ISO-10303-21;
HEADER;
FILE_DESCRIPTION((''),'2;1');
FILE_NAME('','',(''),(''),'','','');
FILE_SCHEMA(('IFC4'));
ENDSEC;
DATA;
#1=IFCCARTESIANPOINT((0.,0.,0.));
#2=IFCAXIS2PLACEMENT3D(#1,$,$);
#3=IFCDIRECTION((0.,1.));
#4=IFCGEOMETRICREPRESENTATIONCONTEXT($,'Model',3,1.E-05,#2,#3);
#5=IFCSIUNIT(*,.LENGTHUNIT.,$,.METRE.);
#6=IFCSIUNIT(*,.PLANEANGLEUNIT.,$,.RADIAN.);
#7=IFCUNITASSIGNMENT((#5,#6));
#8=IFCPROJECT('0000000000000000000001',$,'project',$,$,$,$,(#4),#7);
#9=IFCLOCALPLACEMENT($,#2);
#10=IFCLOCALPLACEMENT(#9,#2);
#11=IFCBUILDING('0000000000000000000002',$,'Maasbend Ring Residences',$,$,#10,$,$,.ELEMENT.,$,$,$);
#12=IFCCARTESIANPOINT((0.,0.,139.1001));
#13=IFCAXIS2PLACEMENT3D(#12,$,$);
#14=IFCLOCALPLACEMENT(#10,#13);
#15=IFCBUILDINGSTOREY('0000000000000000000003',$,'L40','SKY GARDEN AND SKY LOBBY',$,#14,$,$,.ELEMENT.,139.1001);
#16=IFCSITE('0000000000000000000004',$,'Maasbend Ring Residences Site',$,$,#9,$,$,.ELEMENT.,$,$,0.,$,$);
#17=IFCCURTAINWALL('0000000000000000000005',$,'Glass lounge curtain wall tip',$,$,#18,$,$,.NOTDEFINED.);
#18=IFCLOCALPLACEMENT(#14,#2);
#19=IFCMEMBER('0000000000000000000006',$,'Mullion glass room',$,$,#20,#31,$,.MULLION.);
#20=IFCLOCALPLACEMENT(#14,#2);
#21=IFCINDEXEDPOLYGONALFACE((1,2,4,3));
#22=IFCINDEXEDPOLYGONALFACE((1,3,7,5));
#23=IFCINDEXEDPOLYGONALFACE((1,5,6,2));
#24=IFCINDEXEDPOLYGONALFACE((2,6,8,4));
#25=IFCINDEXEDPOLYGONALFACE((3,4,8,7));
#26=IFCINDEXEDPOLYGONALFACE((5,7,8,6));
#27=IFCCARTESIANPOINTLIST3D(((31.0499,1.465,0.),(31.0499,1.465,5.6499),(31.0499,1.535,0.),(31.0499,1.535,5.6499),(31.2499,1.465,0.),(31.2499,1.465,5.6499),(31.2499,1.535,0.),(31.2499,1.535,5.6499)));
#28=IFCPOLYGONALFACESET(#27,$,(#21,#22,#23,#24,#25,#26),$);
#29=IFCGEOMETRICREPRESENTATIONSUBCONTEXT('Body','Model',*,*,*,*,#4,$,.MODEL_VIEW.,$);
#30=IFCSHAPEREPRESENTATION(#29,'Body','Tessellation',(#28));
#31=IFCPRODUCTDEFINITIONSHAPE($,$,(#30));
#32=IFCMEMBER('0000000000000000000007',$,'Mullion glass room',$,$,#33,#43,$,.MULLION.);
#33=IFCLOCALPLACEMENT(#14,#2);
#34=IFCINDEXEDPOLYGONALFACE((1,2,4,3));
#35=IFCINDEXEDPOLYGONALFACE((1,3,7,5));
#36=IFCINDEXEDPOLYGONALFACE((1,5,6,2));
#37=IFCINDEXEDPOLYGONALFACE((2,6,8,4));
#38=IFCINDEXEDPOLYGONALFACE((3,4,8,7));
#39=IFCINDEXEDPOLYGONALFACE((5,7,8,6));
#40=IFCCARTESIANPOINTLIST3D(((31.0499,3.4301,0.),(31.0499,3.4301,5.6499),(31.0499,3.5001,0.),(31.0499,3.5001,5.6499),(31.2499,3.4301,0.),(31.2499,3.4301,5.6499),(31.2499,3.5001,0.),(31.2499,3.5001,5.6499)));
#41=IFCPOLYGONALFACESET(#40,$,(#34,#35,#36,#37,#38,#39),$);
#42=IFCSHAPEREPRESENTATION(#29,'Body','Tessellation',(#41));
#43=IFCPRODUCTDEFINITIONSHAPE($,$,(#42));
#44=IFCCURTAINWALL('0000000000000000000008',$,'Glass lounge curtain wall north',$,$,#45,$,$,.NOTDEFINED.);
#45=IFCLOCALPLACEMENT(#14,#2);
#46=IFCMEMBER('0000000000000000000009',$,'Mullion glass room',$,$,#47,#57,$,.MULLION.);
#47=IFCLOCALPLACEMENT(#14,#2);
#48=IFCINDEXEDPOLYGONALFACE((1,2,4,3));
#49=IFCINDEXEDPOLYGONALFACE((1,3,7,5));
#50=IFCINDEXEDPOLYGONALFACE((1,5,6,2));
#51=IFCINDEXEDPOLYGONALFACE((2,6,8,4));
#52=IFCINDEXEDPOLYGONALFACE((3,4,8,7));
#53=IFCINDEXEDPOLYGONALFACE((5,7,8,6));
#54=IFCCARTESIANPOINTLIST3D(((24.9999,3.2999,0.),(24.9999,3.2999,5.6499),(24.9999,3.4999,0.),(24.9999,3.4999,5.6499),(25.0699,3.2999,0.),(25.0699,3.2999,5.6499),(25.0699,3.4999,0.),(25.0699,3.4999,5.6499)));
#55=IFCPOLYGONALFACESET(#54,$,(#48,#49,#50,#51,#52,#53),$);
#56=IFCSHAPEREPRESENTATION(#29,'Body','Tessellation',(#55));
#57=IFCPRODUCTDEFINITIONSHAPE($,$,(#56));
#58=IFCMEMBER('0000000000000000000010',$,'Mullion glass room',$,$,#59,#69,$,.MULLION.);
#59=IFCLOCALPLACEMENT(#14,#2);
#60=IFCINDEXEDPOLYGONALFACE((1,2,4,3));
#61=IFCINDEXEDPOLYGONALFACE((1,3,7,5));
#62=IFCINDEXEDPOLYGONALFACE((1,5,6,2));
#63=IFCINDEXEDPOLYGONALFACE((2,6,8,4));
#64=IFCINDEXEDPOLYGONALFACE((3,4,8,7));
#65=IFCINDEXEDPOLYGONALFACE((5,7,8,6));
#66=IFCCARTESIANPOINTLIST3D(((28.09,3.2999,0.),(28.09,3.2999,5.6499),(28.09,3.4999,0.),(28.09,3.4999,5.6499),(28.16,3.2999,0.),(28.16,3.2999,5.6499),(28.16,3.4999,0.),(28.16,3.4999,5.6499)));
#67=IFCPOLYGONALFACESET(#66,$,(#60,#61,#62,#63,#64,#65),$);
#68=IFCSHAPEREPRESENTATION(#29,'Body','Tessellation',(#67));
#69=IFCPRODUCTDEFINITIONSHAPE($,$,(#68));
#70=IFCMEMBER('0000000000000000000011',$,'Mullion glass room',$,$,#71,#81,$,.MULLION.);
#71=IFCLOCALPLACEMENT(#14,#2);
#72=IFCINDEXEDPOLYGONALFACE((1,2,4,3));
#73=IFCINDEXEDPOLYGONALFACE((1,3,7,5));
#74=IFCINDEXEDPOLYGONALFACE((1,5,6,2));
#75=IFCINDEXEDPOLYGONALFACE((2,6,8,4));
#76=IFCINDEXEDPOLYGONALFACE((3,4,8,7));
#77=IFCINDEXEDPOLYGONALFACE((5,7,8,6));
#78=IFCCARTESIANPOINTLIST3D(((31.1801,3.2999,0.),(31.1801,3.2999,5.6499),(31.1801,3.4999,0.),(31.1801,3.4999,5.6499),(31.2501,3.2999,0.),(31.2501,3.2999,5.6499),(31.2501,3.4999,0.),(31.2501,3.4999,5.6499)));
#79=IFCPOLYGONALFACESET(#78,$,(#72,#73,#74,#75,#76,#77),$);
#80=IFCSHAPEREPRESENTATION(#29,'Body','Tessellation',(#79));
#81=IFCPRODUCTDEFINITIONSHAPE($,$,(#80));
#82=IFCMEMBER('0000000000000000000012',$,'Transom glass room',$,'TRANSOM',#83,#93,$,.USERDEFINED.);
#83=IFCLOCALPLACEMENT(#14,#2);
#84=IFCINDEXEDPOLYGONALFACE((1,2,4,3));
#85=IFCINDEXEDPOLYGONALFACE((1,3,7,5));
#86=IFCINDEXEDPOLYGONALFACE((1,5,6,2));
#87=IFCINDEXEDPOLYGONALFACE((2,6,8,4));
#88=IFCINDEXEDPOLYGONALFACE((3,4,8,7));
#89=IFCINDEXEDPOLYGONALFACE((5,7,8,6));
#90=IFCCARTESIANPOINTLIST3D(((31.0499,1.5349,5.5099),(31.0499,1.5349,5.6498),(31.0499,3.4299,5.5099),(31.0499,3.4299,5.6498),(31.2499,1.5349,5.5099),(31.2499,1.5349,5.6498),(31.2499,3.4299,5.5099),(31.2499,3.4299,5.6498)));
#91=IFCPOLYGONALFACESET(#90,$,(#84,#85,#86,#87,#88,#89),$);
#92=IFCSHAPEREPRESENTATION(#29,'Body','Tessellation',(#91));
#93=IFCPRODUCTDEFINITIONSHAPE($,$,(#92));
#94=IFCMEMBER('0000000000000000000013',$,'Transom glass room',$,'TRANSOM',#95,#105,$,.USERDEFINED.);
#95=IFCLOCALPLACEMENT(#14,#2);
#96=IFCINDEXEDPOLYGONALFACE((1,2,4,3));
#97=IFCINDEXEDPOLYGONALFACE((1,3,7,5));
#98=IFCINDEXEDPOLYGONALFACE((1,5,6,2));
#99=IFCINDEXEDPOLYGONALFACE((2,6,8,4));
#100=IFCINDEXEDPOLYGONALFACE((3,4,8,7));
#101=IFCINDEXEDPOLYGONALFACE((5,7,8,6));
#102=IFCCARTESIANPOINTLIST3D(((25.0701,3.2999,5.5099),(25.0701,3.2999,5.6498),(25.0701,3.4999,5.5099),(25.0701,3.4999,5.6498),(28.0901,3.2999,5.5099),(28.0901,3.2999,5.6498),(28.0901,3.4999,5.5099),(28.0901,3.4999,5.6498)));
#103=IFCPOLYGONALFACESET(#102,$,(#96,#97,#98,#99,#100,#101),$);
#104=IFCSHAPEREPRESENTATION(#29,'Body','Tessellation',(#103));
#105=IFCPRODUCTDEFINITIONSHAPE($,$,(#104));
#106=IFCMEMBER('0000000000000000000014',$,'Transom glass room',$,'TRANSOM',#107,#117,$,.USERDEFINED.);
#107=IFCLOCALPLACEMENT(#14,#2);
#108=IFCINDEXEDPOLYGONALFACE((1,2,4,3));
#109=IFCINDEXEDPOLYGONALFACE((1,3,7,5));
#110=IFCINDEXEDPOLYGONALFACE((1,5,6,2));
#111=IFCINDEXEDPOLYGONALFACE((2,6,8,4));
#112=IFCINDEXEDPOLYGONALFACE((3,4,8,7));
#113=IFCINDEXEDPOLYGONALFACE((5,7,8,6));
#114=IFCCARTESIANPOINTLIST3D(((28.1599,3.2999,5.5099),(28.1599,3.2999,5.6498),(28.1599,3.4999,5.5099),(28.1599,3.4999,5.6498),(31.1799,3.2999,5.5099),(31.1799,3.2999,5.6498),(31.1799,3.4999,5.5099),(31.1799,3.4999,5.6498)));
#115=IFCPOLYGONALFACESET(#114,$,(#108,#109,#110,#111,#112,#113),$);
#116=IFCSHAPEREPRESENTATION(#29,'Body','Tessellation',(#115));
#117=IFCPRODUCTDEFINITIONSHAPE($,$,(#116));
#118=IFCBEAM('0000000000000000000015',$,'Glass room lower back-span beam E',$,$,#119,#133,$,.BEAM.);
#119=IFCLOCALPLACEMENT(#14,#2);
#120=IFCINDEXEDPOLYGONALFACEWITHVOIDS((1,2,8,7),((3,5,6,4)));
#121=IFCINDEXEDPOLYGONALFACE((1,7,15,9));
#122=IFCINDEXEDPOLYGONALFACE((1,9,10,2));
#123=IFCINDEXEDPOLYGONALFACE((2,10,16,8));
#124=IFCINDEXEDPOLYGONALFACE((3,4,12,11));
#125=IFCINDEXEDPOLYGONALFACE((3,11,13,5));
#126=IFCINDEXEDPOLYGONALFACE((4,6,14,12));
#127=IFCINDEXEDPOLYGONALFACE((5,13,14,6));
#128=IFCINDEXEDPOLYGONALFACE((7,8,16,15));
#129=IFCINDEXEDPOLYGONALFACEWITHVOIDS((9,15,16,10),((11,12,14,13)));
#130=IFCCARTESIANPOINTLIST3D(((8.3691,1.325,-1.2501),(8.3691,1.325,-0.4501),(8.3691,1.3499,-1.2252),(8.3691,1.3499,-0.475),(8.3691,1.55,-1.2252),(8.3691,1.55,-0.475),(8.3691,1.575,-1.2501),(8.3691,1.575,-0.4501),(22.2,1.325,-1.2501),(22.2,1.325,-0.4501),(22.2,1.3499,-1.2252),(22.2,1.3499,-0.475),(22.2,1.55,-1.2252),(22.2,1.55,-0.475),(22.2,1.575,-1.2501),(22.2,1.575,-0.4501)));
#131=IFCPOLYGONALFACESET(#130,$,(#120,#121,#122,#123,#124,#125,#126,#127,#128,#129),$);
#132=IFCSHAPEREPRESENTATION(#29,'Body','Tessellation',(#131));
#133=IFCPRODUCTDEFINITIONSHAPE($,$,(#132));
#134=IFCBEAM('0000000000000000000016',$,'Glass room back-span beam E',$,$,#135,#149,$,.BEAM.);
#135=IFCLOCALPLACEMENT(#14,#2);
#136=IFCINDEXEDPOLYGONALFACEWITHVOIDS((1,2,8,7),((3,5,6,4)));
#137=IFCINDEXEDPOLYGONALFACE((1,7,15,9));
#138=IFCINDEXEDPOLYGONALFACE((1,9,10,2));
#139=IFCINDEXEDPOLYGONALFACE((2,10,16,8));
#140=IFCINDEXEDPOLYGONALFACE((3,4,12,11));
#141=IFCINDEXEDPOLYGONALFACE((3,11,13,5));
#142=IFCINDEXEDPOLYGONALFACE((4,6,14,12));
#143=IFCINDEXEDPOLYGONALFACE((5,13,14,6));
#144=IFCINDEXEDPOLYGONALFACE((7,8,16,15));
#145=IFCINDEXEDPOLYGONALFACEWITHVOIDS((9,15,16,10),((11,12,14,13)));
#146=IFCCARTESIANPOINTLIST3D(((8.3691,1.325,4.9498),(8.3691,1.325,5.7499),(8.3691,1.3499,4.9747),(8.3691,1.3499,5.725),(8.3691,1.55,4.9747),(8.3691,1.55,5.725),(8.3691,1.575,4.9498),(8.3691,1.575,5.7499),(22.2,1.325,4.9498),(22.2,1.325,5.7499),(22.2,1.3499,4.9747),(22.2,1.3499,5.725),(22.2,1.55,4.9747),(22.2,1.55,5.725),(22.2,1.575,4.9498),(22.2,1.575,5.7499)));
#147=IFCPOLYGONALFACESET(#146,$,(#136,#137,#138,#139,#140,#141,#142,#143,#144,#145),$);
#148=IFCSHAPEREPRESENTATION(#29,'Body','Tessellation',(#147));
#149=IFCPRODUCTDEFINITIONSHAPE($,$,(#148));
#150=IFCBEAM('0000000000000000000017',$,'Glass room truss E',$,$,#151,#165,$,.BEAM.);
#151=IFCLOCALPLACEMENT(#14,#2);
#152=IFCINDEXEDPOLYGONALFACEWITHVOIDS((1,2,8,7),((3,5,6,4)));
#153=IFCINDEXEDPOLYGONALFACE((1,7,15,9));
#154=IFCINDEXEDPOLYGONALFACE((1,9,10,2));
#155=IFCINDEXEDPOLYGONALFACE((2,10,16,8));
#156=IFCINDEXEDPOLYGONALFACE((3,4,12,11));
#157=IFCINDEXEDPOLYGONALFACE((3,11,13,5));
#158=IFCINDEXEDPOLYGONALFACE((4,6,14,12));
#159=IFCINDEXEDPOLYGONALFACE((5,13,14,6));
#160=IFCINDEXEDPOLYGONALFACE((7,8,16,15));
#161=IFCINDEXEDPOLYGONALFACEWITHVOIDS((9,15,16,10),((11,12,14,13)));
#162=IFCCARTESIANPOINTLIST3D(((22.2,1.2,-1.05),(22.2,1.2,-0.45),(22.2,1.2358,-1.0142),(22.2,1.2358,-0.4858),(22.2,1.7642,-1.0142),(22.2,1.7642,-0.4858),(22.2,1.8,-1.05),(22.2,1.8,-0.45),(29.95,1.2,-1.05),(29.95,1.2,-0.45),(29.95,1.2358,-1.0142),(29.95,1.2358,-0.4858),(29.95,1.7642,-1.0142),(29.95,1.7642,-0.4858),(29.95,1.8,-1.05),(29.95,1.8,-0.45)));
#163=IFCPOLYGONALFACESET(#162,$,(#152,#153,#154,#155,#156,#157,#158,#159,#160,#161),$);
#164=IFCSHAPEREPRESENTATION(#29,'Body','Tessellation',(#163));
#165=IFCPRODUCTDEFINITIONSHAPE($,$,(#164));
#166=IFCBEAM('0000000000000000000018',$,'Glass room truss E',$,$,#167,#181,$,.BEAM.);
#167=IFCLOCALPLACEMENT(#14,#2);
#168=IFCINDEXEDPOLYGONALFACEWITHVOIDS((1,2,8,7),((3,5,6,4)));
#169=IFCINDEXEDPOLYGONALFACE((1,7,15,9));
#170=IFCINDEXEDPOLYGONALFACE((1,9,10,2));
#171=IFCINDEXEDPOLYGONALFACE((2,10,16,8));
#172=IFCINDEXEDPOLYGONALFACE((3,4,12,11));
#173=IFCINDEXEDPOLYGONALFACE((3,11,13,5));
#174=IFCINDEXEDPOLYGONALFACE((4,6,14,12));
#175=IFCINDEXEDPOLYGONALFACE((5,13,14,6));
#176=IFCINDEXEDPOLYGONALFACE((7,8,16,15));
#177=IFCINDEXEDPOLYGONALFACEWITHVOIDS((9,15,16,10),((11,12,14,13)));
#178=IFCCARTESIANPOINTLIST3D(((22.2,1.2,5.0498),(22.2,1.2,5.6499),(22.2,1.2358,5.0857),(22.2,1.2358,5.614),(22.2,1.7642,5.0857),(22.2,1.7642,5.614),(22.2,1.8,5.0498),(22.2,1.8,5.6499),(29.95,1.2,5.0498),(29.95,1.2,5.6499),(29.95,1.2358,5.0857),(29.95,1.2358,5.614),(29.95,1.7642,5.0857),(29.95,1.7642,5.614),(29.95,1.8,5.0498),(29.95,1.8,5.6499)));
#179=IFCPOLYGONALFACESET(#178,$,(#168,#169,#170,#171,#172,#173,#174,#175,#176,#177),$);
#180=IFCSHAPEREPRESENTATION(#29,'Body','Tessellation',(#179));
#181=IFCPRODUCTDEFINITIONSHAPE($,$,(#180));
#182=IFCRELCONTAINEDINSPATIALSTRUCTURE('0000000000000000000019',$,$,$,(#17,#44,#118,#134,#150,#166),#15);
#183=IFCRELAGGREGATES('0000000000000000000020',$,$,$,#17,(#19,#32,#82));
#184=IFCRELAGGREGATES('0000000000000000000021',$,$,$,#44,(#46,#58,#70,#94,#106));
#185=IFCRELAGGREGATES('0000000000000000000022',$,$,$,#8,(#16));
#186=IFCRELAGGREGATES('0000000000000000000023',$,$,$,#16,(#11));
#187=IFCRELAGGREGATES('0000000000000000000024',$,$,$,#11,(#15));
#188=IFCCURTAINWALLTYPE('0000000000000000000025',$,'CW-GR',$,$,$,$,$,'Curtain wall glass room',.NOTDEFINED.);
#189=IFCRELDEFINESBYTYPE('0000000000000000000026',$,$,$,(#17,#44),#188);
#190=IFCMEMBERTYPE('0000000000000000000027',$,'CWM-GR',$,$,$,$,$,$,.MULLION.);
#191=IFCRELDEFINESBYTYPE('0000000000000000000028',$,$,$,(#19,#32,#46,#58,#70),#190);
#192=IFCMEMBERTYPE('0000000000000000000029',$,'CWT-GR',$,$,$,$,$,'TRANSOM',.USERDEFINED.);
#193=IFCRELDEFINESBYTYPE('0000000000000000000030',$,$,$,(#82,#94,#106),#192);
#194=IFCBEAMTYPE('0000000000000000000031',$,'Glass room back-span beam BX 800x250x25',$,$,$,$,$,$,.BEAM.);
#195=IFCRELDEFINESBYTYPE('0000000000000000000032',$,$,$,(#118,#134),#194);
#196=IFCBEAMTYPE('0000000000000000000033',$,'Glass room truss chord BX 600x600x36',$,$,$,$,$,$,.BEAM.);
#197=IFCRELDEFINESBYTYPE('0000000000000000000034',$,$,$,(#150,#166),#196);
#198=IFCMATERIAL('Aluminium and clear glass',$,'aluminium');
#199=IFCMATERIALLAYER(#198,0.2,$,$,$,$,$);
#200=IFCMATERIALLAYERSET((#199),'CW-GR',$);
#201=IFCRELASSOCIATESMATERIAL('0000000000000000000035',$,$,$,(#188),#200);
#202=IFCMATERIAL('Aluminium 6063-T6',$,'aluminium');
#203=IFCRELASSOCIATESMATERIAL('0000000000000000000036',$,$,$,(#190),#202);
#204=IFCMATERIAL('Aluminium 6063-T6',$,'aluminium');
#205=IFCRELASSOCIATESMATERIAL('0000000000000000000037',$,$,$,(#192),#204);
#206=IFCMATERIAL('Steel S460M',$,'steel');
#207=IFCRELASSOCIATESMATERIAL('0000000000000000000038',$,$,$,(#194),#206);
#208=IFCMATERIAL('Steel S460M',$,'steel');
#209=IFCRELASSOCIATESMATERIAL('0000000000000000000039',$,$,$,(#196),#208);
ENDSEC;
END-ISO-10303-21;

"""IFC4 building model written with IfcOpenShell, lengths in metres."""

from ifc_helpers import new_model, si_unit, direction, frame, origin, origin_2d, place, context, subcontext, project, spatial, rectangle, hollow_rectangle, extrude, material, layer, layer_set, material_profile, profile_set, type_object, element, aggregate, save


model = new_model("IFC4")

# Units and contexts
model_context = context("Model", 3, precision=1e-05, world=origin(), true_north=direction((0.0, 1.0)))
body_context = subcontext(model_context, "Body", "Model", "MODEL_VIEW")
ifc_project = project(units=[si_unit("LENGTHUNIT", "METRE"), si_unit("PLANEANGLEUNIT", "RADIAN")], contexts=[model_context])

# Site, building, storey
site_placement = place(None, origin())
site = spatial("IfcSite", under=ifc_project, at=site_placement, Name="Maasbend Ring Residences Site", CompositionType="ELEMENT", RefElevation=0.0)
building_placement = place(site_placement, origin())
building = spatial("IfcBuilding", under=site, at=building_placement, Name="Maasbend Ring Residences", CompositionType="ELEMENT")
storey_placement = place(building_placement, frame((0.0, 0.0, 139.1001)))
storey = spatial("IfcBuildingStorey", under=building, at=storey_placement, Name="L40", Description="SKY GARDEN AND SKY LOBBY", CompositionType="ELEMENT", Elevation=139.1001)

# Curtain walls, members
ifc_material_1 = material(Name="Aluminium and clear glass", Category="aluminium")
ifc_layer_1 = layer(ifc_material_1, 0.2)
ifc_layer_set_1 = layer_set([ifc_layer_1], Name="CW-GR")
curtain_wall_type = type_object("IfcCurtainWallType", Name="CW-GR", ElementType="Curtain wall glass room", PredefinedType="NOTDEFINED", material=ifc_layer_set_1)
curtain_wall_1_placement = place(storey_placement, origin())
curtain_wall_1 = element("IfcCurtainWall", 1, at=curtain_wall_1_placement, inside=storey, type_object=curtain_wall_type, Name="Glass lounge curtain wall tip", PredefinedType="NOTDEFINED")
ifc_material_2 = material(Name="Aluminium 6063-T6", Category="aluminium")
ifc_material_profile_1 = material_profile(ifc_material_2, rectangle(XDim=0.2, YDim=0.0701, at=origin_2d()), Name="AL 200x70")
ifc_profile_set_1 = profile_set([ifc_material_profile_1], Name="Aluminium 6063-T6")
member_type_1 = type_object("IfcMemberType", Name="CWM-GR", PredefinedType="MULLION", material=ifc_profile_set_1)
member_1_placement = place(storey_placement, frame((31.1499, 1.5, 0.0), z_axis=(0.0, 0.0, 1.0), x_axis=(-1.0, 0.0, 0.0)))
member_1 = element("IfcMember", 2, at=member_1_placement, type_object=member_type_1, Name="Mullion glass room", PredefinedType="MULLION", context=body_context, shape_type="SweptSolid", body=[
    extrude(rectangle(XDim=0.2, YDim=0.0701, at=origin_2d()), origin(), (0.0, 0.0, 1.0), 5.6499),
])
member_2_placement = place(storey_placement, frame((31.1499, 3.4651, 0.0), z_axis=(0.0, 0.0, 1.0), x_axis=(-1.0, 0.0, 0.0)))
member_2 = element("IfcMember", 3, at=member_2_placement, type_object=member_type_1, Name="Mullion glass room", PredefinedType="MULLION", context=body_context, shape_type="SweptSolid", body=[
    extrude(rectangle(XDim=0.2, YDim=0.0701, at=origin_2d()), origin(), (0.0, 0.0, 1.0), 5.6499),
])
curtain_wall_2_placement = place(storey_placement, origin())
curtain_wall_2 = element("IfcCurtainWall", 4, at=curtain_wall_2_placement, inside=storey, type_object=curtain_wall_type, Name="Glass lounge curtain wall north", PredefinedType="NOTDEFINED")
member_3_placement = place(storey_placement, frame((25.0349, 3.3999, 0.0), z_axis=(0.0, 0.0, 1.0), x_axis=(0.0, 1.0, 0.0)))
member_3 = element("IfcMember", 5, at=member_3_placement, type_object=member_type_1, Name="Mullion glass room", PredefinedType="MULLION", context=body_context, shape_type="SweptSolid", body=[
    extrude(rectangle(XDim=0.2, YDim=0.0701, at=origin_2d()), origin(), (0.0, 0.0, 1.0), 5.6499),
])
member_4_placement = place(storey_placement, frame((28.125, 3.3999, 0.0), z_axis=(0.0, 0.0, 1.0), x_axis=(0.0, 1.0, 0.0)))
member_4 = element("IfcMember", 6, at=member_4_placement, type_object=member_type_1, Name="Mullion glass room", PredefinedType="MULLION", context=body_context, shape_type="SweptSolid", body=[
    extrude(rectangle(XDim=0.2, YDim=0.0701, at=origin_2d()), origin(), (0.0, 0.0, 1.0), 5.6499),
])
member_5_placement = place(storey_placement, frame((31.2151, 3.3999, 0.0), z_axis=(0.0, 0.0, 1.0), x_axis=(0.0, 1.0, 0.0)))
member_5 = element("IfcMember", 7, at=member_5_placement, type_object=member_type_1, Name="Mullion glass room", PredefinedType="MULLION", context=body_context, shape_type="SweptSolid", body=[
    extrude(rectangle(XDim=0.2, YDim=0.0701, at=origin_2d()), origin(), (0.0, 0.0, 1.0), 5.6499),
])

# Members
ifc_material_3 = material(Name="Aluminium 6063-T6", Category="aluminium")
ifc_material_profile_2 = material_profile(ifc_material_3, rectangle(XDim=0.2, YDim=0.1399, at=origin_2d()), Name="AL 200x140")
ifc_profile_set_2 = profile_set([ifc_material_profile_2], Name="Aluminium 6063-T6")
member_type_2 = type_object("IfcMemberType", Name="CWT-GR", ElementType="TRANSOM", PredefinedType="USERDEFINED", material=ifc_profile_set_2)
member_6_placement = place(storey_placement, frame((31.1499, 1.5349, 5.5798), z_axis=(0.0, 1.0, 0.0), x_axis=(-1.0, 0.0, 0.0)))
member_6 = element("IfcMember", 8, at=member_6_placement, type_object=member_type_2, Name="Transom glass room", ObjectType="TRANSOM", PredefinedType="USERDEFINED", context=body_context, shape_type="SweptSolid", body=[
    extrude(rectangle(XDim=0.2, YDim=0.1399, at=origin_2d()), origin(), (0.0, 0.0, 1.0), 1.895),
])
member_7_placement = place(storey_placement, frame((25.0701, 3.3999, 5.5798), z_axis=(1.0, 0.0, 0.0), x_axis=(0.0, 1.0, 0.0)))
member_7 = element("IfcMember", 9, at=member_7_placement, type_object=member_type_2, Name="Transom glass room", ObjectType="TRANSOM", PredefinedType="USERDEFINED", context=body_context, shape_type="SweptSolid", body=[
    extrude(rectangle(XDim=0.2, YDim=0.1399, at=origin_2d()), origin(), (0.0, 0.0, 1.0), 3.02),
])
member_8_placement = place(storey_placement, frame((28.1599, 3.3999, 5.5798), z_axis=(1.0, 0.0, 0.0), x_axis=(0.0, 1.0, 0.0)))
member_8 = element("IfcMember", 10, at=member_8_placement, type_object=member_type_2, Name="Transom glass room", ObjectType="TRANSOM", PredefinedType="USERDEFINED", context=body_context, shape_type="SweptSolid", body=[
    extrude(rectangle(XDim=0.2, YDim=0.1399, at=origin_2d()), origin(), (0.0, 0.0, 1.0), 3.02),
])

# Beams
ifc_material_4 = material(Name="Steel S460M", Category="steel")
ifc_material_profile_3 = material_profile(ifc_material_4, hollow_rectangle(XDim=0.25, YDim=0.8, WallThickness=0.0249, at=origin_2d()), Name="Glass room back-span beam BX 800x250x25")
ifc_profile_set_3 = profile_set([ifc_material_profile_3], Name="Steel S460M")
beam_type_1 = type_object("IfcBeamType", Name="Glass room back-span beam BX 800x250x25", PredefinedType="BEAM", material=ifc_profile_set_3)
for number, where, z_axis, x_axis, name in (
    (11, (22.2, 1.45, -0.8501), (-1.0, 0.0, 0.0), (0.0, -1.0, 0.0), "Glass room lower back-span beam E"),
    (12, (22.2, 1.45, 5.3499), (-1.0, 0.0, 0.0), (0.0, -1.0, 0.0), "Glass room back-span beam E"),
):
    element("IfcBeam", number, at=place(storey_placement, frame(where, z_axis=z_axis, x_axis=x_axis)), inside=storey, type_object=beam_type_1, Name=name, PredefinedType="BEAM", context=body_context, shape_type="SweptSolid", body=[
        extrude(hollow_rectangle(XDim=0.25, YDim=0.8, WallThickness=0.0249, at=origin_2d()), origin(), (0.0, 0.0, 1.0), 13.8308),
    ])
ifc_material_5 = material(Name="Steel S460M", Category="steel")
ifc_material_profile_4 = material_profile(ifc_material_5, hollow_rectangle(XDim=0.6001, YDim=0.6001, WallThickness=0.0359, at=origin_2d()), Name="Glass room truss chord BX 600x600x36")
ifc_profile_set_4 = profile_set([ifc_material_profile_4], Name="Steel S460M")
beam_type_2 = type_object("IfcBeamType", Name="Glass room truss chord BX 600x600x36", PredefinedType="BEAM", material=ifc_profile_set_4)
for number, where, z_axis, x_axis, name in (
    (13, (22.2, 1.5, -0.75), (1.0, 0.0, 0.0), (0.0, 1.0, 0.0), "Glass room truss E"),
    (14, (22.2, 1.5, 5.3499), (1.0, 0.0, 0.0), (0.0, 1.0, 0.0), "Glass room truss E"),
):
    element("IfcBeam", number, at=place(storey_placement, frame(where, z_axis=z_axis, x_axis=x_axis)), inside=storey, type_object=beam_type_2, Name=name, PredefinedType="BEAM", context=body_context, shape_type="SweptSolid", body=[
        extrude(hollow_rectangle(XDim=0.6001, YDim=0.6001, WallThickness=0.0359, at=origin_2d()), origin(), (0.0, 0.0, 1.0), 7.75),
    ])

aggregate(curtain_wall_1, [member_1, member_2, member_6])
aggregate(curtain_wall_2, [member_3, member_4, member_5, member_7, member_8])

save(model, "model.ifc")
